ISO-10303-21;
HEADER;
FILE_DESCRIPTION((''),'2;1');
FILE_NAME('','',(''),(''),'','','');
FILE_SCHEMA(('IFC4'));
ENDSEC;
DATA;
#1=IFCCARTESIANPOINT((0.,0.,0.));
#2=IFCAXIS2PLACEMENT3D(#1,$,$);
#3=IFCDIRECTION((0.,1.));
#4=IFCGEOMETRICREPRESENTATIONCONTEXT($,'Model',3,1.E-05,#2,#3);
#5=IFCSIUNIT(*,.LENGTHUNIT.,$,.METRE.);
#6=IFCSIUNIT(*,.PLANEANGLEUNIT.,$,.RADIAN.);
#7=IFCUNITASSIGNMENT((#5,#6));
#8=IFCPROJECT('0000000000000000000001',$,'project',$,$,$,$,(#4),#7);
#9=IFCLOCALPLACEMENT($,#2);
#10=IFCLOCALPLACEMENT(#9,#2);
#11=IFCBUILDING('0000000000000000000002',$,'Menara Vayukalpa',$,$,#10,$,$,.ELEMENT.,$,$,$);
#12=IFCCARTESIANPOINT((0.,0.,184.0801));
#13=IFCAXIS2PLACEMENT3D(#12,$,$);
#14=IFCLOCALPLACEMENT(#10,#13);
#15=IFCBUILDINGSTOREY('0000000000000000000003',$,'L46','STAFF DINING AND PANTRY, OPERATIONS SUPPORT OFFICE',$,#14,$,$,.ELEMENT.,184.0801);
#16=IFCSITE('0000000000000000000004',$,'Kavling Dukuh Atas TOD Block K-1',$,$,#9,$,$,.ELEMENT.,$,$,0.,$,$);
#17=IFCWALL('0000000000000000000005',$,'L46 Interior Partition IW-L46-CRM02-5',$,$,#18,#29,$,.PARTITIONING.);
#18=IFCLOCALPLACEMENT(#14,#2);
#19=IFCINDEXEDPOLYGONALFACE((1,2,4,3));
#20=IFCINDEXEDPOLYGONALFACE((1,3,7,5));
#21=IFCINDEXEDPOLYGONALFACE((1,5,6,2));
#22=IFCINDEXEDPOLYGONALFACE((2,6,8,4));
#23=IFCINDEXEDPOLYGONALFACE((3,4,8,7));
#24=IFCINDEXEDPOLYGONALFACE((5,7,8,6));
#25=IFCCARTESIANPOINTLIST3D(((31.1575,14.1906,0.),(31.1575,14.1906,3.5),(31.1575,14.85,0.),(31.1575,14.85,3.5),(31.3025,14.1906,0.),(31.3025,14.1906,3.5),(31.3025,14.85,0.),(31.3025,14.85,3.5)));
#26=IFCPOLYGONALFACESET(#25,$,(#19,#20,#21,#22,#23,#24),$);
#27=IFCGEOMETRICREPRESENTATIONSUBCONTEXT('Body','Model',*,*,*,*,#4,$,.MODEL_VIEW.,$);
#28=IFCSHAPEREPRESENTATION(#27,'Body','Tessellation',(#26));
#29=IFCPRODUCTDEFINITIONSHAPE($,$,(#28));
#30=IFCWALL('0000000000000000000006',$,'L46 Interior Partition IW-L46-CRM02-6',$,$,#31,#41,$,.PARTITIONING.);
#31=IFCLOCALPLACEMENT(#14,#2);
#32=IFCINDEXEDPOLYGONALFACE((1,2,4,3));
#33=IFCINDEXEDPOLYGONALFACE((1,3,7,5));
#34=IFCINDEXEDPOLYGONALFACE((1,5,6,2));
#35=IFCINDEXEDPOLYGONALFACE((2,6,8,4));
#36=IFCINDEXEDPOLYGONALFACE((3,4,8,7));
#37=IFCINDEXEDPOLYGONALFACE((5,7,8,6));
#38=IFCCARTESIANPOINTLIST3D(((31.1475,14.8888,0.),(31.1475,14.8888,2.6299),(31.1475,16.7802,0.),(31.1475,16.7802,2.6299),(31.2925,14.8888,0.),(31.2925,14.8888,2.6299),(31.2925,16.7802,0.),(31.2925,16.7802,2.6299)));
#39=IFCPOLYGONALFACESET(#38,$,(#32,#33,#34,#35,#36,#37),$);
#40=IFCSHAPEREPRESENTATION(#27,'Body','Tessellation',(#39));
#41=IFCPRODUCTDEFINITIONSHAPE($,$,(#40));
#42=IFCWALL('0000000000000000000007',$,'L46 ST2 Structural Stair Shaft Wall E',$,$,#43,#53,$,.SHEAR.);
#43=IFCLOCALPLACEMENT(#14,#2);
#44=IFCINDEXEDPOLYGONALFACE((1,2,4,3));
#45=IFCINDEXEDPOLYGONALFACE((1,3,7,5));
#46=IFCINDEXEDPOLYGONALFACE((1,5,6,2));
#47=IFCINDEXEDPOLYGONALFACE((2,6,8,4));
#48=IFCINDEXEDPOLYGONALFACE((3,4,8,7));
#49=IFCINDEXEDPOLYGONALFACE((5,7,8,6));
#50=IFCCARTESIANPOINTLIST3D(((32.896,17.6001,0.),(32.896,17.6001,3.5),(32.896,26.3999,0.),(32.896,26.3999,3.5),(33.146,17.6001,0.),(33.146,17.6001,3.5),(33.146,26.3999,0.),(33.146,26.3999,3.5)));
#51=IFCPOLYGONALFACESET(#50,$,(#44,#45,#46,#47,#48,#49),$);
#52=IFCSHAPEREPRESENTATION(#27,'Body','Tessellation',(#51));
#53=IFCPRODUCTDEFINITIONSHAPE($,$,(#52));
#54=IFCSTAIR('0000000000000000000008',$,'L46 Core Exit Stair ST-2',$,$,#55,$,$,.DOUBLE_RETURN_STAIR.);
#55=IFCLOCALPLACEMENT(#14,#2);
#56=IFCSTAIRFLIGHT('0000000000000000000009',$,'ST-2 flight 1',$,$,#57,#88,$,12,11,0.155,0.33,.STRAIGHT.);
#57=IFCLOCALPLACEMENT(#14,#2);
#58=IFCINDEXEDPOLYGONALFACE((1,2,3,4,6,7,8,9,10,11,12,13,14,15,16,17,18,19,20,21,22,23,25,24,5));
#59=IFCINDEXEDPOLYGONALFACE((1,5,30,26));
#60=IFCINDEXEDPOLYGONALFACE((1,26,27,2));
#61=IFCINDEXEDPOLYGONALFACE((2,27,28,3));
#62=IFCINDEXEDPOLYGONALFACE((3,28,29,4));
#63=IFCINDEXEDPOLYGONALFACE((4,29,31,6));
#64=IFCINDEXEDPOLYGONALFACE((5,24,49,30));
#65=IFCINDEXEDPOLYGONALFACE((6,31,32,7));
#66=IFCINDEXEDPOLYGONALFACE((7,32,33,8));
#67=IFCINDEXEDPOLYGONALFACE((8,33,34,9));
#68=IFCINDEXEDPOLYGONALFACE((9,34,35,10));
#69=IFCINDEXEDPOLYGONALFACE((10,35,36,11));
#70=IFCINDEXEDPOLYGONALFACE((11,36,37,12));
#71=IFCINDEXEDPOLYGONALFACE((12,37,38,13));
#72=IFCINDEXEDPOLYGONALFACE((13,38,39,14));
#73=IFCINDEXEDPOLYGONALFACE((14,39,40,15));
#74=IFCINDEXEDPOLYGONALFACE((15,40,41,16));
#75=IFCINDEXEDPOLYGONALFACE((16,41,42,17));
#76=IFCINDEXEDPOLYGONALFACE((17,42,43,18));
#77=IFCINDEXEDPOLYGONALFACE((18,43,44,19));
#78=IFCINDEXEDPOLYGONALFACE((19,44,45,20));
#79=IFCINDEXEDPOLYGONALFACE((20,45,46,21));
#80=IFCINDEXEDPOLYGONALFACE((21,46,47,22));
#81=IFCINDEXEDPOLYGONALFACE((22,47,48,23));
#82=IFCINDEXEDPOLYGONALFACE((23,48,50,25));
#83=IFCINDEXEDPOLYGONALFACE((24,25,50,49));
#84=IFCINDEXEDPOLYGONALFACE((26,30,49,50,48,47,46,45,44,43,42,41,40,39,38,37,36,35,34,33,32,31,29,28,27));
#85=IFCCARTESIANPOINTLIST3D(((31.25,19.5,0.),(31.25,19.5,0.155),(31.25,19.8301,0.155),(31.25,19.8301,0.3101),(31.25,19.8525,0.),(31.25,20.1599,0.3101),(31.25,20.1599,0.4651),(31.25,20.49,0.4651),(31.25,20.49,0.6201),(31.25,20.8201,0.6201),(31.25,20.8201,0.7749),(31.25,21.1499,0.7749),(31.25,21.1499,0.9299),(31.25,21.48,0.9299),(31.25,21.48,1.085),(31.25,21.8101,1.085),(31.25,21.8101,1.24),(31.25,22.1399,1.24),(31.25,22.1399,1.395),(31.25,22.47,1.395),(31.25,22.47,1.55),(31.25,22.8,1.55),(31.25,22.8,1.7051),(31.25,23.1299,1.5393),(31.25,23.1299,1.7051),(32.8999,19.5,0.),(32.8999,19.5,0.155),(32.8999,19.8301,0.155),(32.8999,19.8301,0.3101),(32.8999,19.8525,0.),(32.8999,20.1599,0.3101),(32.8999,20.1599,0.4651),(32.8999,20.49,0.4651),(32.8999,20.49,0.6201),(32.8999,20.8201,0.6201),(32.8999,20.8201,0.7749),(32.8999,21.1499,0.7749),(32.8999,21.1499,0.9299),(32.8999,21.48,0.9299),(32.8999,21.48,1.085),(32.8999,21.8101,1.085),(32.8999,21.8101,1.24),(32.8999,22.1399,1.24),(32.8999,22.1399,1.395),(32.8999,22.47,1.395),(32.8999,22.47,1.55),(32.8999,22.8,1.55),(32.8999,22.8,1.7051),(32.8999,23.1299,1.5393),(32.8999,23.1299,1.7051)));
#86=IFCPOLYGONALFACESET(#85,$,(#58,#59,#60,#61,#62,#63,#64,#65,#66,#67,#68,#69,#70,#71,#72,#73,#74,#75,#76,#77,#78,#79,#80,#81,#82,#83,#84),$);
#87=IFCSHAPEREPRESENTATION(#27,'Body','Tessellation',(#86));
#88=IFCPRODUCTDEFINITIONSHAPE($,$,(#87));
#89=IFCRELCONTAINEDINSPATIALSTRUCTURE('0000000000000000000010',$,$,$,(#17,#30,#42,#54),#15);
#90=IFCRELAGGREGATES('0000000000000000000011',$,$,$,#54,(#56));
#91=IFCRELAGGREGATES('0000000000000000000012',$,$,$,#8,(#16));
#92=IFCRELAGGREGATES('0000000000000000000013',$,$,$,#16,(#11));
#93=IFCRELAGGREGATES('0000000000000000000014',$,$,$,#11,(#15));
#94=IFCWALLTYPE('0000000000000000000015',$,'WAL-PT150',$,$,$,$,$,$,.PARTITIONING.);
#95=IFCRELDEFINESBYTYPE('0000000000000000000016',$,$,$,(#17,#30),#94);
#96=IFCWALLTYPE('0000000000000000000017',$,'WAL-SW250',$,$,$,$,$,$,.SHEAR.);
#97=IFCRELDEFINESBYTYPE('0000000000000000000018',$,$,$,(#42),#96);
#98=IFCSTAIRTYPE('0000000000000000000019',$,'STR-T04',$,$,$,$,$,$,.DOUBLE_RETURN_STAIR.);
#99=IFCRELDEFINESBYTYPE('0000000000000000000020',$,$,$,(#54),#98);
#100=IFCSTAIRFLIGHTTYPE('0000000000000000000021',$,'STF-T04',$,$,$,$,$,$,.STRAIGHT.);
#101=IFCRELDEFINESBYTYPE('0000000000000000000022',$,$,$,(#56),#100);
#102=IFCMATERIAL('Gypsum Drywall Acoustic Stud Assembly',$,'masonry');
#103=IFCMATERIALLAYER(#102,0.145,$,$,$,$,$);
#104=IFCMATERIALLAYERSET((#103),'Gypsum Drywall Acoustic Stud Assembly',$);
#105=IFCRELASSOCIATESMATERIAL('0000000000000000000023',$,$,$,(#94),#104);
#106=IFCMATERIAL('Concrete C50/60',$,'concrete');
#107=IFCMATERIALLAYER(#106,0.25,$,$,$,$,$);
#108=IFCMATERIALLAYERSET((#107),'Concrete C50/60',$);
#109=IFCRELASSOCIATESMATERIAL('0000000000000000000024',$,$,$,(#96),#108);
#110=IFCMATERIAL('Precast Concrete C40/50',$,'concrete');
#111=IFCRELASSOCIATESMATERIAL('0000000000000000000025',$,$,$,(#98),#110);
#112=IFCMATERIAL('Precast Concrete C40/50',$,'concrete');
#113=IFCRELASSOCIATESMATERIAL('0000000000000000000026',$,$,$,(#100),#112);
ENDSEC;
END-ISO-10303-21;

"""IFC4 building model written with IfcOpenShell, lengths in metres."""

from ifc_helpers import new_model, si_unit, direction, frame, frame_2d, origin, place, context, subcontext, project, spatial, polyline, rectangle, outline, extrude, material, layer, layer_set, type_object, element, aggregate, save


model = new_model("IFC4")

# Units and contexts
model_context = context("Model", 3, precision=1e-05, world=origin(), true_north=direction((0.0, 1.0)))
body_context = subcontext(model_context, "Body", "Model", "MODEL_VIEW")
ifc_project = project(units=[si_unit("LENGTHUNIT", "METRE"), si_unit("PLANEANGLEUNIT", "RADIAN")], contexts=[model_context])

# Site, building, storey
site_placement = place(None, origin())
site = spatial("IfcSite", under=ifc_project, at=site_placement, Name="Kavling Dukuh Atas TOD Block K-1", CompositionType="ELEMENT", RefElevation=0.0)
building_placement = place(site_placement, origin())
building = spatial("IfcBuilding", under=site, at=building_placement, Name="Menara Vayukalpa", CompositionType="ELEMENT")
storey_placement = place(building_placement, frame((0.0, 0.0, 184.0801)))
storey = spatial("IfcBuildingStorey", under=building, at=storey_placement, Name="L46", Description="STAFF DINING AND PANTRY, OPERATIONS SUPPORT OFFICE", CompositionType="ELEMENT", Elevation=184.0801)

# Walls
ifc_material_1 = material(Name="Gypsum Drywall Acoustic Stud Assembly", Category="masonry")
ifc_layer_1 = layer(ifc_material_1, 0.145)
ifc_layer_set_1 = layer_set([ifc_layer_1], Name="Gypsum Drywall Acoustic Stud Assembly")
wall_type_1 = type_object("IfcWallType", Name="WAL-PT150", PredefinedType="PARTITIONING", material=ifc_layer_set_1)
wall_1_placement = place(storey_placement, frame((31.23, 14.1907, 0.0), z_axis=(0.0, 0.0, 1.0), x_axis=(0.0, 1.0, 0.0)))
element("IfcWall", 1, at=wall_1_placement, inside=storey, type_object=wall_type_1, Name="L46 Interior Partition IW-L46-CRM02-5", PredefinedType="PARTITIONING", context=body_context, shape_type="SweptSolid", body=[
    extrude(rectangle(XDim=0.6594, YDim=0.145, at=frame_2d((0.3296, 0.0))), origin(), (0.0, 0.0, 1.0), 3.5),
])
wall_2_placement = place(storey_placement, frame((31.22, 14.8887, 0.0), z_axis=(0.0, 0.0, 1.0), x_axis=(0.0, 1.0, 0.0)))
element("IfcWall", 2, at=wall_2_placement, inside=storey, type_object=wall_type_1, Name="L46 Interior Partition IW-L46-CRM02-6", PredefinedType="PARTITIONING", context=body_context, shape_type="SweptSolid", body=[
    extrude(rectangle(XDim=1.8914, YDim=0.145, at=frame_2d((0.9458, 0.0))), origin(), (0.0, 0.0, 1.0), 2.6299),
])
ifc_material_2 = material(Name="Concrete C50/60", Category="concrete")
ifc_layer_2 = layer(ifc_material_2, 0.25)
ifc_layer_set_2 = layer_set([ifc_layer_2], Name="Concrete C50/60")
wall_type_2 = type_object("IfcWallType", Name="WAL-SW250", PredefinedType="SHEAR", material=ifc_layer_set_2)
wall_3_placement = place(storey_placement, frame((33.021, 17.6001, 0.0), z_axis=(0.0, 0.0, 1.0), x_axis=(0.0, 1.0, 0.0)))
element("IfcWall", 3, at=wall_3_placement, inside=storey, type_object=wall_type_2, Name="L46 ST2 Structural Stair Shaft Wall E", PredefinedType="SHEAR", context=body_context, shape_type="SweptSolid", body=[
    extrude(rectangle(XDim=8.7998, YDim=0.25, at=frame_2d((4.3999, 0.0))), origin(), (0.0, 0.0, 1.0), 3.5),
])

# Stair, stair flight
ifc_material_3 = material(Name="Precast Concrete C40/50", Category="concrete")
stair_type = type_object("IfcStairType", Name="STR-T04", PredefinedType="DOUBLE_RETURN_STAIR", material=ifc_material_3)
stair_placement = place(storey_placement, origin())
stair = element("IfcStair", 4, at=stair_placement, inside=storey, type_object=stair_type, Name="L46 Core Exit Stair ST-2", PredefinedType="DOUBLE_RETURN_STAIR")
ifc_material_4 = material(Name="Precast Concrete C40/50", Category="concrete")
stair_flight_type = type_object("IfcStairFlightType", Name="STF-T04", PredefinedType="STRAIGHT", material=ifc_material_4)
stair_flight_placement = place(storey_placement, frame((32.075, 19.5, 0.0), z_axis=(0.0, 0.0, 1.0), x_axis=(0.0, 1.0, 0.0)))
stair_flight = element("IfcStairFlight", 5, at=stair_flight_placement, type_object=stair_flight_type, Name="ST-2 flight 1", NumberOfRisers=12, NumberOfTreads=11, PredefinedType="STRAIGHT", RiserHeight=0.155, TreadLength=0.33, context=body_context, shape_type="SweptSolid", body=[
    extrude(outline(polyline([(0.0, 0.0), (0.0, 0.155), (0.3301, 0.155), (0.3301, 0.3101), (0.6599, 0.3101), (0.6599, 0.4651), (0.99, 0.4651), (0.99, 0.6201), (1.3201, 0.6201), (1.3201, 0.7749), (1.6499, 0.7749), (1.6499, 0.9299), (1.98, 0.9299), (1.98, 1.085), (2.3101, 1.085), (2.3101, 1.24), (2.6399, 1.24), (2.6399, 1.395), (2.97, 1.395), (2.97, 1.55), (3.3, 1.55), (3.3, 1.7051), (3.6299, 1.7051), (3.6299, 1.8601), (3.6299, 1.5393), (0.3525, 0.0), (0.0, 0.0)])), frame((0.0, 0.825, 0.0), z_axis=(0.0, -1.0, 0.0), x_axis=(1.0, 0.0, 0.0)), (0.0, 0.0, 1.0), 1.6499),
])
aggregate(stair, [stair_flight])

save(model, "model.ifc")
